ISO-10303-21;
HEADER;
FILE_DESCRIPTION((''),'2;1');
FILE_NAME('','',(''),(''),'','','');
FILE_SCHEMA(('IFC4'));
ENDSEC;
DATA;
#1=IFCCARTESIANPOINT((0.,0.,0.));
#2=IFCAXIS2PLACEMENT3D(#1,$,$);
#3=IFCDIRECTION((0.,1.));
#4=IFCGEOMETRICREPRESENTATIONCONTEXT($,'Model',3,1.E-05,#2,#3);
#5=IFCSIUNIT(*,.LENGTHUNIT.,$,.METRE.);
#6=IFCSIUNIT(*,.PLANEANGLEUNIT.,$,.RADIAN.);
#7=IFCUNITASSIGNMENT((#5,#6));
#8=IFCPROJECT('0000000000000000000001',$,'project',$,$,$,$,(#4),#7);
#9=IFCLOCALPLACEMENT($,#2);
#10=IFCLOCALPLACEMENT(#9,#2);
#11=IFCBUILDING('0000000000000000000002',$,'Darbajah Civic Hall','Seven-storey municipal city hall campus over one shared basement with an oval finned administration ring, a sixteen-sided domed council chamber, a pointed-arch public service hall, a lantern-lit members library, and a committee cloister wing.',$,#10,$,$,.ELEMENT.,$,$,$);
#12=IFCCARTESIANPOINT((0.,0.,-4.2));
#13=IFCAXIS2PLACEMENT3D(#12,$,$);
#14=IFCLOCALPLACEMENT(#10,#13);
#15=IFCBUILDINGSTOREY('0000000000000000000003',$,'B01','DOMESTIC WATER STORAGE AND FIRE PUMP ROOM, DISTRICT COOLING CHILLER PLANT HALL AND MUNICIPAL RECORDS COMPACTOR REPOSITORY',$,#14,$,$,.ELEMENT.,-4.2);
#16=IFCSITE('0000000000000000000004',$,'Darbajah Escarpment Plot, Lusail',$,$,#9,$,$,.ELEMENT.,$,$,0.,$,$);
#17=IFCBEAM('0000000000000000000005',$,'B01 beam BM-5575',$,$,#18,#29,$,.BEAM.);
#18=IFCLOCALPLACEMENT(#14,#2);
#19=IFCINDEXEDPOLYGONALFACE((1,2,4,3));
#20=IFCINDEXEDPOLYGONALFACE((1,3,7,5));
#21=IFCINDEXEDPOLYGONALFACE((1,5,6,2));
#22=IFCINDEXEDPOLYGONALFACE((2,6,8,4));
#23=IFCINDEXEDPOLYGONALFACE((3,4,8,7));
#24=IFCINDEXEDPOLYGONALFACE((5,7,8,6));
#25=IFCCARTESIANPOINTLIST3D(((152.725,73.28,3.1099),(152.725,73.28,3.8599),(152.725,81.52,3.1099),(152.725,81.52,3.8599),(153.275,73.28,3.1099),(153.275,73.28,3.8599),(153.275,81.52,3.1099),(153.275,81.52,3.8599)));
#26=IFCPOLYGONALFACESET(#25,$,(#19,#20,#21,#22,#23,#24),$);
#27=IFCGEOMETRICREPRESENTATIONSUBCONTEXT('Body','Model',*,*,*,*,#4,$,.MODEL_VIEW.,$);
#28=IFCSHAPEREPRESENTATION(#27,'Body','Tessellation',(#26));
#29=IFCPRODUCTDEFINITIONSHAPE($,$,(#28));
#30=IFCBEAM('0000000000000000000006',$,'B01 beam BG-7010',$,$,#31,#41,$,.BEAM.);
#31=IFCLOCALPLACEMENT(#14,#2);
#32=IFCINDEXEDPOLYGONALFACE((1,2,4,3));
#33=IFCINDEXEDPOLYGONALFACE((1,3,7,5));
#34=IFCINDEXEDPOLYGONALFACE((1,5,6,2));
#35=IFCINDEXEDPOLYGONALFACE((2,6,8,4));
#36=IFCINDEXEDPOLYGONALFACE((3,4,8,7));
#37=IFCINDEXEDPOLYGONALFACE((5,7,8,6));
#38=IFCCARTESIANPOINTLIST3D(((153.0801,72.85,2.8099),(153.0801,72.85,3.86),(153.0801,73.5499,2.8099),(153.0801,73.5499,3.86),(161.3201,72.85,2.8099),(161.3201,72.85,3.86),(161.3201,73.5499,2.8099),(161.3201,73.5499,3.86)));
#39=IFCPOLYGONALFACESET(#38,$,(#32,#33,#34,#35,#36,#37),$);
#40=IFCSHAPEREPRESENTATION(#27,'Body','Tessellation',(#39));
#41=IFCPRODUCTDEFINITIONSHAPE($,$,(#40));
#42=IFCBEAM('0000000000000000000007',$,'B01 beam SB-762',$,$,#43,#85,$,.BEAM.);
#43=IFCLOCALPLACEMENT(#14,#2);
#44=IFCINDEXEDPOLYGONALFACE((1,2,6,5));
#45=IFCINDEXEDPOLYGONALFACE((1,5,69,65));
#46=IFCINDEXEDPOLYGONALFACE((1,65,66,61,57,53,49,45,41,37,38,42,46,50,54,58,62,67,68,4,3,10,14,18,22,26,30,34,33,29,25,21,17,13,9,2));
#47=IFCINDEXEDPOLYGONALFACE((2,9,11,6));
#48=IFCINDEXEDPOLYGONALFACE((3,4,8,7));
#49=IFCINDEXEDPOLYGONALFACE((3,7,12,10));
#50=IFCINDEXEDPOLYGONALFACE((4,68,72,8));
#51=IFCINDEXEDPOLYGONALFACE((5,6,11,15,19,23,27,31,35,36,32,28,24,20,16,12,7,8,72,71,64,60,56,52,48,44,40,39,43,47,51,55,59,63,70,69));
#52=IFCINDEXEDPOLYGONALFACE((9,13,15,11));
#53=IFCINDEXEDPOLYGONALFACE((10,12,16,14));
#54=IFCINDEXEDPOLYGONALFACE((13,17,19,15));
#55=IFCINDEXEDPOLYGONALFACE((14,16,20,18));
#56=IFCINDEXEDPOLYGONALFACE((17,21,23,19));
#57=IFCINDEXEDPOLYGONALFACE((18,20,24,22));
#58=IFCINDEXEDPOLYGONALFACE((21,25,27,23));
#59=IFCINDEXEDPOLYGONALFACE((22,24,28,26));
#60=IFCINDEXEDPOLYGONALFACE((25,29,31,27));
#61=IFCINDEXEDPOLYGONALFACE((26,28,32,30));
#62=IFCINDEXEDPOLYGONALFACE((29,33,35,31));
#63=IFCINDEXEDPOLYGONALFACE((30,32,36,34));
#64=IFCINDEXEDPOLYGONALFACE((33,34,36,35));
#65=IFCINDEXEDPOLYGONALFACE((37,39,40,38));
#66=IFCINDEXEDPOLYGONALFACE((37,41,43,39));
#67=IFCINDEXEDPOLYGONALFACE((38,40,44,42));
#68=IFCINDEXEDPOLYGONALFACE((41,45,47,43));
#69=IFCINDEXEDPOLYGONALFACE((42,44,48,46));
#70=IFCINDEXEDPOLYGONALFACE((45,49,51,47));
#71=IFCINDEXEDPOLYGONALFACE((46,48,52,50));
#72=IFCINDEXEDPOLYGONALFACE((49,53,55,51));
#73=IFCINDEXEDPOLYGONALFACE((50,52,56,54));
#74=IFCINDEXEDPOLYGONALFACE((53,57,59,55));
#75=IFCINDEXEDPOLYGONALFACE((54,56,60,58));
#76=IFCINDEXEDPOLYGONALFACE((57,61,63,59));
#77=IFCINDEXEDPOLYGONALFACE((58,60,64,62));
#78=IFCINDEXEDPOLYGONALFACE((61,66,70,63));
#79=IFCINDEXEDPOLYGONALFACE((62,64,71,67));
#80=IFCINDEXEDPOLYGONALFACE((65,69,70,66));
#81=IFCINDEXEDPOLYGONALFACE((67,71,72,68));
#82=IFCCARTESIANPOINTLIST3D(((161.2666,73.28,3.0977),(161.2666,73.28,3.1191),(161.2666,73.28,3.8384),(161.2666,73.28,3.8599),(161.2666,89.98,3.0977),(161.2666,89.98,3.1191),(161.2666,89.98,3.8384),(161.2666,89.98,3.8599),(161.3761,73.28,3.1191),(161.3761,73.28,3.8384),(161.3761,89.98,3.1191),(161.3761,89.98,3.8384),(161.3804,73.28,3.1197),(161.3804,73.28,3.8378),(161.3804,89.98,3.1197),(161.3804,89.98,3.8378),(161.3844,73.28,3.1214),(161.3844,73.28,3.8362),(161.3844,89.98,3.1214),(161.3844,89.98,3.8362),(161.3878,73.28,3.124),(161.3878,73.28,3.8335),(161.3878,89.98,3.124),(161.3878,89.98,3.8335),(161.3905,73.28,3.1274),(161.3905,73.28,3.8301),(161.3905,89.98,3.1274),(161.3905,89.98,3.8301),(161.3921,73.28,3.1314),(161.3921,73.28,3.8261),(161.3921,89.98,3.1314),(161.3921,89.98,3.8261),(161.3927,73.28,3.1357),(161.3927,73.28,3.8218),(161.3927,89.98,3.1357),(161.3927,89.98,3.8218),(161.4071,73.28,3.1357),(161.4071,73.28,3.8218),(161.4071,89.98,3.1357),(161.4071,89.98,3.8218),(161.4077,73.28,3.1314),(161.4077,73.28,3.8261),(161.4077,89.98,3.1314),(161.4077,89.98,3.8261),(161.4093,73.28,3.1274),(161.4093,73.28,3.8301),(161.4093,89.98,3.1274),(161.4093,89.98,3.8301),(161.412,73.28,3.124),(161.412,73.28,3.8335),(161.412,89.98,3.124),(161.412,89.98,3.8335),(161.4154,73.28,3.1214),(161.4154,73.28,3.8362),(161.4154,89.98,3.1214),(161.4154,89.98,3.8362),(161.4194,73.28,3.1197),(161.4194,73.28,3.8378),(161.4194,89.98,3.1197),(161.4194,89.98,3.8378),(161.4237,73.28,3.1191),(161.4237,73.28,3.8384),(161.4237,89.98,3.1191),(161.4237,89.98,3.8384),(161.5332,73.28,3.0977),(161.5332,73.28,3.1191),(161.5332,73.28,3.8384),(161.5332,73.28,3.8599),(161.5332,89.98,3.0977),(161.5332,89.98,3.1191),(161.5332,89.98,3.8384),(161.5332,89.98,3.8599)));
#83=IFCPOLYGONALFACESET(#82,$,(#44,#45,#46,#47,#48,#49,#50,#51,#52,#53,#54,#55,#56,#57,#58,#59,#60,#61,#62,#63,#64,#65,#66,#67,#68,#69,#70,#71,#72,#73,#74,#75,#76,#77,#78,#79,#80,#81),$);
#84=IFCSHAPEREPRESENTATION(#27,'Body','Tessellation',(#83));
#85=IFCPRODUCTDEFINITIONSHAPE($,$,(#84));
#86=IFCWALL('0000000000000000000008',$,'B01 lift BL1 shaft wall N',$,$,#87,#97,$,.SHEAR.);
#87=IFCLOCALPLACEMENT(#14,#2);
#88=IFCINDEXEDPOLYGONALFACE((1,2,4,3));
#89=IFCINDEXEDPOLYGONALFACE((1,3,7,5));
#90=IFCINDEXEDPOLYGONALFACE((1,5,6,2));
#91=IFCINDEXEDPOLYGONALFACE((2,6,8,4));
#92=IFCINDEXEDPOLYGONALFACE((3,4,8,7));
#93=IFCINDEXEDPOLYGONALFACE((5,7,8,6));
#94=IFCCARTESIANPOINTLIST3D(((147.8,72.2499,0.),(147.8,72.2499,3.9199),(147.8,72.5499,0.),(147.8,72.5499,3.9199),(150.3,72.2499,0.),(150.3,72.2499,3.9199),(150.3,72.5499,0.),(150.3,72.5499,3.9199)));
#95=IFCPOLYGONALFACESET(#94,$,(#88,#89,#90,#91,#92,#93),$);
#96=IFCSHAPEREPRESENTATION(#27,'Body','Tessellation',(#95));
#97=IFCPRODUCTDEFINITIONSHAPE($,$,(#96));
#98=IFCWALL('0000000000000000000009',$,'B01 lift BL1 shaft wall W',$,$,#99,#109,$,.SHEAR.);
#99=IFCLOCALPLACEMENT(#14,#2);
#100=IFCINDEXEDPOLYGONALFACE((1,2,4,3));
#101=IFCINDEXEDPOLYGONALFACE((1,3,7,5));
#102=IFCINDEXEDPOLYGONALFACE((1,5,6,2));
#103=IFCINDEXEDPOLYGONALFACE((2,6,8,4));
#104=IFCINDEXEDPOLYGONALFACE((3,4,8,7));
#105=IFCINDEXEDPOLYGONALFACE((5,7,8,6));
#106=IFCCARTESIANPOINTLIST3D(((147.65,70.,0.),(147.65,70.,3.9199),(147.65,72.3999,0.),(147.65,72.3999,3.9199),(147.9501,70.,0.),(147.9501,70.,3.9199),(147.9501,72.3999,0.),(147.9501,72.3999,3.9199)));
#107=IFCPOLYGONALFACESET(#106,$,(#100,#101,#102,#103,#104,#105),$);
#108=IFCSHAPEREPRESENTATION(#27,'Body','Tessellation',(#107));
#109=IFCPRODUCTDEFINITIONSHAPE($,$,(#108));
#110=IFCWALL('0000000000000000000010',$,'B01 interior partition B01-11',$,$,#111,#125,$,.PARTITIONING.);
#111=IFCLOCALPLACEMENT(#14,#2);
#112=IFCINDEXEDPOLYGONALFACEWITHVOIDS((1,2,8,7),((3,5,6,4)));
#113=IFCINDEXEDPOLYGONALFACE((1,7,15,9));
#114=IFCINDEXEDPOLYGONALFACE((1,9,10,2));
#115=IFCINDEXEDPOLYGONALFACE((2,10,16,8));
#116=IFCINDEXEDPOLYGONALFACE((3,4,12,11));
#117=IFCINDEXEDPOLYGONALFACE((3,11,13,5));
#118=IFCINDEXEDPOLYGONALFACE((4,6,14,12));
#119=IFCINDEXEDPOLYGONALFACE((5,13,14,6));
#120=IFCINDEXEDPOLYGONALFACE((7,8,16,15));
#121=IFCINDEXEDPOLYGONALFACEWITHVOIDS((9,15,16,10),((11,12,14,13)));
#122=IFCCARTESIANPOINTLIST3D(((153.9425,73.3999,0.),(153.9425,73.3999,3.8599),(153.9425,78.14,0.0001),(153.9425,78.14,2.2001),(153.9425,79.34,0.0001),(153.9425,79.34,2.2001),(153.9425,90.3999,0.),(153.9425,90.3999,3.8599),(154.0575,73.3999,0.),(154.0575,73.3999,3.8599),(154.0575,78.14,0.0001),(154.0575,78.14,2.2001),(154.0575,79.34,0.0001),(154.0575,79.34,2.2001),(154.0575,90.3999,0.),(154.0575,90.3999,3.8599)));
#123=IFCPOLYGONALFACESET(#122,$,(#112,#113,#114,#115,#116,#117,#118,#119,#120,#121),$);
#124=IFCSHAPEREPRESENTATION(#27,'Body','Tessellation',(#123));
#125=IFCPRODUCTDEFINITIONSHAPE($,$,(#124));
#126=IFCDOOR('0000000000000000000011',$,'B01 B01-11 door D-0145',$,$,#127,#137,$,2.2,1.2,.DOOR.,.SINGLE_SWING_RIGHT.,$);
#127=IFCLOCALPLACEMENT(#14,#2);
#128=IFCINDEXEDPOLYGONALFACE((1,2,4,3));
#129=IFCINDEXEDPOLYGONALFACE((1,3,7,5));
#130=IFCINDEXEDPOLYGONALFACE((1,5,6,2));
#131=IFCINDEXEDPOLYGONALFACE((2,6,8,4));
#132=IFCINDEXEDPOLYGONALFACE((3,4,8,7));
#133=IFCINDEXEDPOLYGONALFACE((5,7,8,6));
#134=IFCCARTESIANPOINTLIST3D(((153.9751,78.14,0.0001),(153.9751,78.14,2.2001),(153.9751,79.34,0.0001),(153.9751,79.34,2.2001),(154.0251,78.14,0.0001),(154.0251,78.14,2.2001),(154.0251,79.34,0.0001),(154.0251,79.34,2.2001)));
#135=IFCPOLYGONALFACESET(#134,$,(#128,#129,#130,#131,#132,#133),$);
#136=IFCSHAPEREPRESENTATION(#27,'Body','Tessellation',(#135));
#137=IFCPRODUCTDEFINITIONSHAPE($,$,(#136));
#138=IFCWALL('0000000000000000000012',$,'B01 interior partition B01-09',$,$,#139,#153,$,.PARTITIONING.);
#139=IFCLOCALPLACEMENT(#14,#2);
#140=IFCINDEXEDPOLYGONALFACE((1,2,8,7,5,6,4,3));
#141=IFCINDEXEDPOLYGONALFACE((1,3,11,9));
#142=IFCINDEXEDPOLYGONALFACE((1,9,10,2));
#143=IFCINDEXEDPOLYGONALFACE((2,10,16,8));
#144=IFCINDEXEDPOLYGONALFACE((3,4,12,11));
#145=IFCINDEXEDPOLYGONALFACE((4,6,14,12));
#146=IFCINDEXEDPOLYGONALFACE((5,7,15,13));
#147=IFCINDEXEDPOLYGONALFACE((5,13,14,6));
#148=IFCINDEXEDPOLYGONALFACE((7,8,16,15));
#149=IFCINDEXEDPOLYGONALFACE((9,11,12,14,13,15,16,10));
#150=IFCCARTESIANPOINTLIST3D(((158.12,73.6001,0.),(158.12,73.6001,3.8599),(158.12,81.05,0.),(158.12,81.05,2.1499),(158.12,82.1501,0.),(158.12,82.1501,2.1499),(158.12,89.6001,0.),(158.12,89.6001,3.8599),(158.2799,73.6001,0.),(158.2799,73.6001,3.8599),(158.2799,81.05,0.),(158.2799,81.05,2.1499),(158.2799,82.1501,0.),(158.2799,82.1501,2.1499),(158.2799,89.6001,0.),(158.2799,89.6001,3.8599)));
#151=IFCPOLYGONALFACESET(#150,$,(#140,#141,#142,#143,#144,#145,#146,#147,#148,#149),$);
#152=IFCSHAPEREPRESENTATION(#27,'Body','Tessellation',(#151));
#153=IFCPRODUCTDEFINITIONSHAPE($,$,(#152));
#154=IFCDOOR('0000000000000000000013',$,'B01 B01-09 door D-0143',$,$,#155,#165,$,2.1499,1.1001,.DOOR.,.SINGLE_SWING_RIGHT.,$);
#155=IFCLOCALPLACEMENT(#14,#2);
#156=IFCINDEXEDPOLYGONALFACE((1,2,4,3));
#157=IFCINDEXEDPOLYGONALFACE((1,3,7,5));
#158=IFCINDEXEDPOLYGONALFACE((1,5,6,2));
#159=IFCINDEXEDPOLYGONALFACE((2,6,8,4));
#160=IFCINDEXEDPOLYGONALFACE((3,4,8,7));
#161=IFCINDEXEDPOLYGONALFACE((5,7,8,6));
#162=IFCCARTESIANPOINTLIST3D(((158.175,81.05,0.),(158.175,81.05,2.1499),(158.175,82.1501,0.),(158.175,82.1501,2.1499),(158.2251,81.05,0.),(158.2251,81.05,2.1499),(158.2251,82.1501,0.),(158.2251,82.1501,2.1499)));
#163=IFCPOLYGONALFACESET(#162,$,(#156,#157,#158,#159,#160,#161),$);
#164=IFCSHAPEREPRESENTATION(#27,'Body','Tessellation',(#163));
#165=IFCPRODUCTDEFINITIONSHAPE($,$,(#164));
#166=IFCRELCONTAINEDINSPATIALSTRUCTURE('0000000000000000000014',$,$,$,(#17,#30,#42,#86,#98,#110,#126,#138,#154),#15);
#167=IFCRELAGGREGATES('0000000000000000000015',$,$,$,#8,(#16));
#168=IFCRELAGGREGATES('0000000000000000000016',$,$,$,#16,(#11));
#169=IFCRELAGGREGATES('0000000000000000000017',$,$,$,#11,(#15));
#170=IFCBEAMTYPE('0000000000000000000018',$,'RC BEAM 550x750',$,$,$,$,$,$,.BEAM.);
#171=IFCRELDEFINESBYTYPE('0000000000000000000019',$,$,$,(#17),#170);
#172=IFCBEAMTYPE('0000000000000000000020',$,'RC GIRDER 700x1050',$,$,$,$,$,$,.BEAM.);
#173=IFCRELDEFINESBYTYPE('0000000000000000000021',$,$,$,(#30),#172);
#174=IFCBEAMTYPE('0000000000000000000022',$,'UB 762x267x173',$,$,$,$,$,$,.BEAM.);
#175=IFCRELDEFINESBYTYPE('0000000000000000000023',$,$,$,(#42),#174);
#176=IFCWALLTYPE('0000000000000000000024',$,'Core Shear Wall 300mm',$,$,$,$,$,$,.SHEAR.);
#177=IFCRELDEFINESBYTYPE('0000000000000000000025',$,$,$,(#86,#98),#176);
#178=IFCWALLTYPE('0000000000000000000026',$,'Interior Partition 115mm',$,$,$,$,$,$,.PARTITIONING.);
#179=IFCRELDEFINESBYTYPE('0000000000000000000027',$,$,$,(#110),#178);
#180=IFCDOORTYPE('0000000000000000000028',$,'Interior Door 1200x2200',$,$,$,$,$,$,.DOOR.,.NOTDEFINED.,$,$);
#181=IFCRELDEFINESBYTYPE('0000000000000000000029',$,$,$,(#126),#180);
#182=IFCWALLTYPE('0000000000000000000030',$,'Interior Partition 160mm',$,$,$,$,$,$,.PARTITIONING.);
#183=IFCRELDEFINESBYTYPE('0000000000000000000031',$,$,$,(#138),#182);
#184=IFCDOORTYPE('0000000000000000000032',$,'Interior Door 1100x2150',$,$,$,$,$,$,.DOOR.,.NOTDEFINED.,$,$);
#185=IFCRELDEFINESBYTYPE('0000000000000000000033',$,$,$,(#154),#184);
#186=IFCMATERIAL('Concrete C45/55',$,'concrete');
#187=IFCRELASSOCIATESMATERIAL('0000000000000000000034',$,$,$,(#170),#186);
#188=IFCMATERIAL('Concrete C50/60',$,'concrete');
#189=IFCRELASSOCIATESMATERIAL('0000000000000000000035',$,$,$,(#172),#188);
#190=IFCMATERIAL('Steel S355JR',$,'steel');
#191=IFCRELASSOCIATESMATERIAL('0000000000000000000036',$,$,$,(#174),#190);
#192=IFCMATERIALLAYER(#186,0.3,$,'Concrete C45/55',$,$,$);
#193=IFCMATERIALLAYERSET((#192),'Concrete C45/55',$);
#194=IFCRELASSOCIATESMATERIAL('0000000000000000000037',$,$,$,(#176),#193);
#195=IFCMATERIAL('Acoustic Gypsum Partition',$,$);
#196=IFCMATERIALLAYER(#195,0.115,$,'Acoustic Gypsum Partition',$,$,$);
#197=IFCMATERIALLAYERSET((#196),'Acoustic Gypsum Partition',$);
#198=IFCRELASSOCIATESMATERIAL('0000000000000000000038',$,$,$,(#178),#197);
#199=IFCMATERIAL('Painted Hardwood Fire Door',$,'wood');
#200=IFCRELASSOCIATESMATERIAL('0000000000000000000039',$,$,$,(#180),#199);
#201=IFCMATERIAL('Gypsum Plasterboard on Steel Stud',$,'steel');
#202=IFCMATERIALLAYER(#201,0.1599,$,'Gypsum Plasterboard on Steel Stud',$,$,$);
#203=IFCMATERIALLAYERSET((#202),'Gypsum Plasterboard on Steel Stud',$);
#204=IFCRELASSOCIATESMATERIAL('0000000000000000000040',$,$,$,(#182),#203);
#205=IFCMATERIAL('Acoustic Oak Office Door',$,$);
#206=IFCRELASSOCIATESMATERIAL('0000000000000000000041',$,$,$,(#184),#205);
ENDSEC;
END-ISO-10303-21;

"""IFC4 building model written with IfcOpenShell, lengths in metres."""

from ifc_helpers import new_model, si_unit, direction, frame, frame_2d, origin, origin_2d, place, context, subcontext, project, spatial, rectangle, i_section, extrude, material, layer, layer_set, material_profile, profile_set, type_object, element, fill, save


model = new_model("IFC4")

# Units and contexts
model_context = context("Model", 3, precision=1e-05, world=origin(), true_north=direction((0.0, 1.0)))
body_context = subcontext(model_context, "Body", "Model", "MODEL_VIEW")
ifc_project = project(units=[si_unit("LENGTHUNIT", "METRE"), si_unit("PLANEANGLEUNIT", "RADIAN")], contexts=[model_context])

# Site, building, storey
site_placement = place(None, origin())
site = spatial("IfcSite", under=ifc_project, at=site_placement, Name="Darbajah Escarpment Plot, Lusail", CompositionType="ELEMENT", RefElevation=0.0)
building_placement = place(site_placement, origin())
building = spatial("IfcBuilding", under=site, at=building_placement, Name="Darbajah Civic Hall", Description="Seven-storey municipal city hall campus over one shared basement with an oval finned administration ring, a sixteen-sided domed council chamber, a pointed-arch public service hall, a lantern-lit members library, and a committee cloister wing.", CompositionType="ELEMENT")
storey_placement = place(building_placement, frame((0.0, 0.0, -4.2)))
storey = spatial("IfcBuildingStorey", under=building, at=storey_placement, Name="B01", Description="DOMESTIC WATER STORAGE AND FIRE PUMP ROOM, DISTRICT COOLING CHILLER PLANT HALL AND MUNICIPAL RECORDS COMPACTOR REPOSITORY", CompositionType="ELEMENT", Elevation=-4.2)

# Shared definitions
ifc_material_1 = material(Name="Concrete C45/55", Category="concrete")

# Shared definitions
ifc_material_2 = material(Name="Concrete C50/60", Category="concrete")

# Beams
ifc_material_profile_1 = material_profile(ifc_material_1, rectangle(XDim=0.55, YDim=0.75, at=origin_2d()), Name="RC BEAM 550x750")
ifc_profile_set_1 = profile_set([ifc_material_profile_1], Name="Concrete C45/55")
beam_type_1 = type_object("IfcBeamType", Name="RC BEAM 550x750", PredefinedType="BEAM", material=ifc_profile_set_1)
beam_1_placement = place(storey_placement, frame((153.0, 73.28, 3.4849), z_axis=(0.0, 1.0, 0.0), x_axis=(-1.0, 0.0, 0.0)))
element("IfcBeam", 1, at=beam_1_placement, inside=storey, type_object=beam_type_1, Name="B01 beam BM-5575", PredefinedType="BEAM", context=body_context, shape_type="SweptSolid", body=[
    extrude(rectangle(XDim=0.55, YDim=0.75, at=origin_2d()), origin(), (0.0, 0.0, 1.0), 8.24),
])
ifc_material_profile_2 = material_profile(ifc_material_2, rectangle(XDim=0.7, YDim=1.05, at=origin_2d()), Name="RC GIRDER 700x1050")
ifc_profile_set_2 = profile_set([ifc_material_profile_2], Name="Concrete C50/60")
beam_type_2 = type_object("IfcBeamType", Name="RC GIRDER 700x1050", PredefinedType="BEAM", material=ifc_profile_set_2)
beam_2_placement = place(storey_placement, frame((153.0801, 73.2, 3.335), z_axis=(1.0, 0.0, 0.0), x_axis=(0.0, 1.0, 0.0)))
element("IfcBeam", 2, at=beam_2_placement, inside=storey, type_object=beam_type_2, Name="B01 beam BG-7010", PredefinedType="BEAM", context=body_context, shape_type="SweptSolid", body=[
    extrude(rectangle(XDim=0.7, YDim=1.05, at=origin_2d()), origin(), (0.0, 0.0, 1.0), 8.24),
])
ifc_material_3 = material(Name="Steel S355JR", Category="steel")
ifc_material_profile_3 = material_profile(ifc_material_3, i_section(OverallWidth=0.2666, OverallDepth=0.7622, WebThickness=0.0144, FlangeThickness=0.0215, FilletRadius=0.0166, at=origin_2d()), Name="UB 762x267x173")
ifc_profile_set_3 = profile_set([ifc_material_profile_3], Name="Steel S355JR")
beam_type_3 = type_object("IfcBeamType", Name="UB 762x267x173", PredefinedType="BEAM", material=ifc_profile_set_3)
beam_3_placement = place(storey_placement, frame((161.3999, 73.28, 3.4788), z_axis=(0.0, 1.0, 0.0), x_axis=(-1.0, 0.0, 0.0)))
element("IfcBeam", 3, at=beam_3_placement, inside=storey, type_object=beam_type_3, Name="B01 beam SB-762", PredefinedType="BEAM", context=body_context, shape_type="SweptSolid", body=[
    extrude(i_section(OverallWidth=0.2666, OverallDepth=0.7622, WebThickness=0.0144, FlangeThickness=0.0215, FilletRadius=0.0166, at=origin_2d()), origin(), (0.0, 0.0, 1.0), 16.7),
])

# Walls
ifc_layer_1 = layer(ifc_material_1, 0.3, Name="Concrete C45/55")
ifc_layer_set_1 = layer_set([ifc_layer_1], Name="Concrete C45/55")
wall_type_1 = type_object("IfcWallType", Name="Core Shear Wall 300mm", PredefinedType="SHEAR", material=ifc_layer_set_1)
wall_1_placement = place(storey_placement, frame((150.3, 72.3999, 0.0), z_axis=(0.0, 0.0, 1.0), x_axis=(-1.0, 0.0, 0.0)))
element("IfcWall", 4, at=wall_1_placement, inside=storey, type_object=wall_type_1, Name="B01 lift BL1 shaft wall N", PredefinedType="SHEAR", context=body_context, shape_type="SweptSolid", body=[
    extrude(rectangle(XDim=2.5, YDim=0.3, at=frame_2d((1.25, 0.0))), origin(), (0.0, 0.0, 1.0), 3.9199),
])
wall_2_placement = place(storey_placement, frame((147.8, 72.3999, 0.0), z_axis=(0.0, 0.0, 1.0), x_axis=(0.0, -1.0, 0.0)))
element("IfcWall", 5, at=wall_2_placement, inside=storey, type_object=wall_type_1, Name="B01 lift BL1 shaft wall W", PredefinedType="SHEAR", context=body_context, shape_type="SweptSolid", body=[
    extrude(rectangle(XDim=2.3999, YDim=0.3, at=frame_2d((1.2, 0.0))), origin(), (0.0, 0.0, 1.0), 3.9199),
])

# Walls, openings, doors
ifc_material_4 = material(Name="Acoustic Gypsum Partition")
ifc_layer_2 = layer(ifc_material_4, 0.115, Name="Acoustic Gypsum Partition")
ifc_layer_set_2 = layer_set([ifc_layer_2], Name="Acoustic Gypsum Partition")
wall_type_2 = type_object("IfcWallType", Name="Interior Partition 115mm", PredefinedType="PARTITIONING", material=ifc_layer_set_2)
wall_3_placement = place(storey_placement, frame((154.0, 73.3999, 0.0), z_axis=(0.0, 0.0, 1.0), x_axis=(0.0, 1.0, 0.0)))
wall_3 = element("IfcWall", 6, at=wall_3_placement, inside=storey, type_object=wall_type_2, Name="B01 interior partition B01-11", PredefinedType="PARTITIONING", context=body_context, shape_type="SweptSolid", body=[
    extrude(rectangle(XDim=17.0, YDim=0.115, at=frame_2d((8.5, 0.0))), origin(), (0.0, 0.0, 1.0), 3.8599),
])
opening_1_placement = place(wall_3_placement, frame((4.74, 0.0, 0.0)))
opening_1 = element("IfcOpeningElement", 7, at=opening_1_placement, cuts=wall_3, PredefinedType="OPENING", context=body_context, shape_type="SweptSolid", body=[
    extrude(rectangle(XDim=1.2, YDim=2.2, at=frame_2d((0.6001, 1.1001))), frame((0.0, 0.0674, 0.0), z_axis=(0.0, -1.0, 0.0), x_axis=(1.0, 0.0, 0.0)), (0.0, 0.0, 1.0), 0.135),
])
ifc_material_5 = material(Name="Painted Hardwood Fire Door", Category="wood")
door_type_1 = type_object("IfcDoorType", Name="Interior Door 1200x2200", OperationType="NOTDEFINED", PredefinedType="DOOR", material=ifc_material_5)
door_1_placement = place(opening_1_placement, origin())
door_1 = element("IfcDoor", 8, at=door_1_placement, inside=storey, type_object=door_type_1, Name="B01 B01-11 door D-0145", OperationType="SINGLE_SWING_RIGHT", OverallHeight=2.2, OverallWidth=1.2, PredefinedType="DOOR", context=body_context, shape_type="SweptSolid", body=[
    extrude(rectangle(XDim=1.2, YDim=2.2, at=frame_2d((0.6001, 1.1001))), frame((0.0, 0.0249, 0.0), z_axis=(0.0, -1.0, 0.0), x_axis=(1.0, 0.0, 0.0)), (0.0, 0.0, 1.0), 0.05),
])
fill(opening_1, door_1)
ifc_material_6 = material(Name="Gypsum Plasterboard on Steel Stud", Category="steel")
ifc_layer_3 = layer(ifc_material_6, 0.1599, Name="Gypsum Plasterboard on Steel Stud")
ifc_layer_set_3 = layer_set([ifc_layer_3], Name="Gypsum Plasterboard on Steel Stud")
wall_type_3 = type_object("IfcWallType", Name="Interior Partition 160mm", PredefinedType="PARTITIONING", material=ifc_layer_set_3)
wall_4_placement = place(storey_placement, frame((158.2, 73.6001, 0.0), z_axis=(0.0, 0.0, 1.0), x_axis=(0.0, 1.0, 0.0)))
wall_4 = element("IfcWall", 9, at=wall_4_placement, inside=storey, type_object=wall_type_3, Name="B01 interior partition B01-09", PredefinedType="PARTITIONING", context=body_context, shape_type="SweptSolid", body=[
    extrude(rectangle(XDim=16.0, YDim=0.1599, at=frame_2d((8.0, 0.0))), origin(), (0.0, 0.0, 1.0), 3.8599),
])
opening_2_placement = place(wall_4_placement, frame((7.45, 0.0, 0.0)))
opening_2 = element("IfcOpeningElement", 10, at=opening_2_placement, cuts=wall_4, PredefinedType="OPENING", context=body_context, shape_type="SweptSolid", body=[
    extrude(rectangle(XDim=1.1001, YDim=2.1499, at=frame_2d((0.55, 1.075))), frame((0.0, 0.0898, 0.0), z_axis=(0.0, -1.0, 0.0), x_axis=(1.0, 0.0, 0.0)), (0.0, 0.0, 1.0), 0.1799),
])
ifc_material_7 = material(Name="Acoustic Oak Office Door")
door_type_2 = type_object("IfcDoorType", Name="Interior Door 1100x2150", OperationType="NOTDEFINED", PredefinedType="DOOR", material=ifc_material_7)
door_2_placement = place(opening_2_placement, origin())
door_2 = element("IfcDoor", 11, at=door_2_placement, inside=storey, type_object=door_type_2, Name="B01 B01-09 door D-0143", OperationType="SINGLE_SWING_RIGHT", OverallHeight=2.1499, OverallWidth=1.1001, PredefinedType="DOOR", context=body_context, shape_type="SweptSolid", body=[
    extrude(rectangle(XDim=1.1001, YDim=2.1499, at=frame_2d((0.55, 1.075))), frame((0.0, 0.0249, 0.0), z_axis=(0.0, -1.0, 0.0), x_axis=(1.0, 0.0, 0.0)), (0.0, 0.0, 1.0), 0.05),
])
fill(opening_2, door_2)

save(model, "model.ifc")
